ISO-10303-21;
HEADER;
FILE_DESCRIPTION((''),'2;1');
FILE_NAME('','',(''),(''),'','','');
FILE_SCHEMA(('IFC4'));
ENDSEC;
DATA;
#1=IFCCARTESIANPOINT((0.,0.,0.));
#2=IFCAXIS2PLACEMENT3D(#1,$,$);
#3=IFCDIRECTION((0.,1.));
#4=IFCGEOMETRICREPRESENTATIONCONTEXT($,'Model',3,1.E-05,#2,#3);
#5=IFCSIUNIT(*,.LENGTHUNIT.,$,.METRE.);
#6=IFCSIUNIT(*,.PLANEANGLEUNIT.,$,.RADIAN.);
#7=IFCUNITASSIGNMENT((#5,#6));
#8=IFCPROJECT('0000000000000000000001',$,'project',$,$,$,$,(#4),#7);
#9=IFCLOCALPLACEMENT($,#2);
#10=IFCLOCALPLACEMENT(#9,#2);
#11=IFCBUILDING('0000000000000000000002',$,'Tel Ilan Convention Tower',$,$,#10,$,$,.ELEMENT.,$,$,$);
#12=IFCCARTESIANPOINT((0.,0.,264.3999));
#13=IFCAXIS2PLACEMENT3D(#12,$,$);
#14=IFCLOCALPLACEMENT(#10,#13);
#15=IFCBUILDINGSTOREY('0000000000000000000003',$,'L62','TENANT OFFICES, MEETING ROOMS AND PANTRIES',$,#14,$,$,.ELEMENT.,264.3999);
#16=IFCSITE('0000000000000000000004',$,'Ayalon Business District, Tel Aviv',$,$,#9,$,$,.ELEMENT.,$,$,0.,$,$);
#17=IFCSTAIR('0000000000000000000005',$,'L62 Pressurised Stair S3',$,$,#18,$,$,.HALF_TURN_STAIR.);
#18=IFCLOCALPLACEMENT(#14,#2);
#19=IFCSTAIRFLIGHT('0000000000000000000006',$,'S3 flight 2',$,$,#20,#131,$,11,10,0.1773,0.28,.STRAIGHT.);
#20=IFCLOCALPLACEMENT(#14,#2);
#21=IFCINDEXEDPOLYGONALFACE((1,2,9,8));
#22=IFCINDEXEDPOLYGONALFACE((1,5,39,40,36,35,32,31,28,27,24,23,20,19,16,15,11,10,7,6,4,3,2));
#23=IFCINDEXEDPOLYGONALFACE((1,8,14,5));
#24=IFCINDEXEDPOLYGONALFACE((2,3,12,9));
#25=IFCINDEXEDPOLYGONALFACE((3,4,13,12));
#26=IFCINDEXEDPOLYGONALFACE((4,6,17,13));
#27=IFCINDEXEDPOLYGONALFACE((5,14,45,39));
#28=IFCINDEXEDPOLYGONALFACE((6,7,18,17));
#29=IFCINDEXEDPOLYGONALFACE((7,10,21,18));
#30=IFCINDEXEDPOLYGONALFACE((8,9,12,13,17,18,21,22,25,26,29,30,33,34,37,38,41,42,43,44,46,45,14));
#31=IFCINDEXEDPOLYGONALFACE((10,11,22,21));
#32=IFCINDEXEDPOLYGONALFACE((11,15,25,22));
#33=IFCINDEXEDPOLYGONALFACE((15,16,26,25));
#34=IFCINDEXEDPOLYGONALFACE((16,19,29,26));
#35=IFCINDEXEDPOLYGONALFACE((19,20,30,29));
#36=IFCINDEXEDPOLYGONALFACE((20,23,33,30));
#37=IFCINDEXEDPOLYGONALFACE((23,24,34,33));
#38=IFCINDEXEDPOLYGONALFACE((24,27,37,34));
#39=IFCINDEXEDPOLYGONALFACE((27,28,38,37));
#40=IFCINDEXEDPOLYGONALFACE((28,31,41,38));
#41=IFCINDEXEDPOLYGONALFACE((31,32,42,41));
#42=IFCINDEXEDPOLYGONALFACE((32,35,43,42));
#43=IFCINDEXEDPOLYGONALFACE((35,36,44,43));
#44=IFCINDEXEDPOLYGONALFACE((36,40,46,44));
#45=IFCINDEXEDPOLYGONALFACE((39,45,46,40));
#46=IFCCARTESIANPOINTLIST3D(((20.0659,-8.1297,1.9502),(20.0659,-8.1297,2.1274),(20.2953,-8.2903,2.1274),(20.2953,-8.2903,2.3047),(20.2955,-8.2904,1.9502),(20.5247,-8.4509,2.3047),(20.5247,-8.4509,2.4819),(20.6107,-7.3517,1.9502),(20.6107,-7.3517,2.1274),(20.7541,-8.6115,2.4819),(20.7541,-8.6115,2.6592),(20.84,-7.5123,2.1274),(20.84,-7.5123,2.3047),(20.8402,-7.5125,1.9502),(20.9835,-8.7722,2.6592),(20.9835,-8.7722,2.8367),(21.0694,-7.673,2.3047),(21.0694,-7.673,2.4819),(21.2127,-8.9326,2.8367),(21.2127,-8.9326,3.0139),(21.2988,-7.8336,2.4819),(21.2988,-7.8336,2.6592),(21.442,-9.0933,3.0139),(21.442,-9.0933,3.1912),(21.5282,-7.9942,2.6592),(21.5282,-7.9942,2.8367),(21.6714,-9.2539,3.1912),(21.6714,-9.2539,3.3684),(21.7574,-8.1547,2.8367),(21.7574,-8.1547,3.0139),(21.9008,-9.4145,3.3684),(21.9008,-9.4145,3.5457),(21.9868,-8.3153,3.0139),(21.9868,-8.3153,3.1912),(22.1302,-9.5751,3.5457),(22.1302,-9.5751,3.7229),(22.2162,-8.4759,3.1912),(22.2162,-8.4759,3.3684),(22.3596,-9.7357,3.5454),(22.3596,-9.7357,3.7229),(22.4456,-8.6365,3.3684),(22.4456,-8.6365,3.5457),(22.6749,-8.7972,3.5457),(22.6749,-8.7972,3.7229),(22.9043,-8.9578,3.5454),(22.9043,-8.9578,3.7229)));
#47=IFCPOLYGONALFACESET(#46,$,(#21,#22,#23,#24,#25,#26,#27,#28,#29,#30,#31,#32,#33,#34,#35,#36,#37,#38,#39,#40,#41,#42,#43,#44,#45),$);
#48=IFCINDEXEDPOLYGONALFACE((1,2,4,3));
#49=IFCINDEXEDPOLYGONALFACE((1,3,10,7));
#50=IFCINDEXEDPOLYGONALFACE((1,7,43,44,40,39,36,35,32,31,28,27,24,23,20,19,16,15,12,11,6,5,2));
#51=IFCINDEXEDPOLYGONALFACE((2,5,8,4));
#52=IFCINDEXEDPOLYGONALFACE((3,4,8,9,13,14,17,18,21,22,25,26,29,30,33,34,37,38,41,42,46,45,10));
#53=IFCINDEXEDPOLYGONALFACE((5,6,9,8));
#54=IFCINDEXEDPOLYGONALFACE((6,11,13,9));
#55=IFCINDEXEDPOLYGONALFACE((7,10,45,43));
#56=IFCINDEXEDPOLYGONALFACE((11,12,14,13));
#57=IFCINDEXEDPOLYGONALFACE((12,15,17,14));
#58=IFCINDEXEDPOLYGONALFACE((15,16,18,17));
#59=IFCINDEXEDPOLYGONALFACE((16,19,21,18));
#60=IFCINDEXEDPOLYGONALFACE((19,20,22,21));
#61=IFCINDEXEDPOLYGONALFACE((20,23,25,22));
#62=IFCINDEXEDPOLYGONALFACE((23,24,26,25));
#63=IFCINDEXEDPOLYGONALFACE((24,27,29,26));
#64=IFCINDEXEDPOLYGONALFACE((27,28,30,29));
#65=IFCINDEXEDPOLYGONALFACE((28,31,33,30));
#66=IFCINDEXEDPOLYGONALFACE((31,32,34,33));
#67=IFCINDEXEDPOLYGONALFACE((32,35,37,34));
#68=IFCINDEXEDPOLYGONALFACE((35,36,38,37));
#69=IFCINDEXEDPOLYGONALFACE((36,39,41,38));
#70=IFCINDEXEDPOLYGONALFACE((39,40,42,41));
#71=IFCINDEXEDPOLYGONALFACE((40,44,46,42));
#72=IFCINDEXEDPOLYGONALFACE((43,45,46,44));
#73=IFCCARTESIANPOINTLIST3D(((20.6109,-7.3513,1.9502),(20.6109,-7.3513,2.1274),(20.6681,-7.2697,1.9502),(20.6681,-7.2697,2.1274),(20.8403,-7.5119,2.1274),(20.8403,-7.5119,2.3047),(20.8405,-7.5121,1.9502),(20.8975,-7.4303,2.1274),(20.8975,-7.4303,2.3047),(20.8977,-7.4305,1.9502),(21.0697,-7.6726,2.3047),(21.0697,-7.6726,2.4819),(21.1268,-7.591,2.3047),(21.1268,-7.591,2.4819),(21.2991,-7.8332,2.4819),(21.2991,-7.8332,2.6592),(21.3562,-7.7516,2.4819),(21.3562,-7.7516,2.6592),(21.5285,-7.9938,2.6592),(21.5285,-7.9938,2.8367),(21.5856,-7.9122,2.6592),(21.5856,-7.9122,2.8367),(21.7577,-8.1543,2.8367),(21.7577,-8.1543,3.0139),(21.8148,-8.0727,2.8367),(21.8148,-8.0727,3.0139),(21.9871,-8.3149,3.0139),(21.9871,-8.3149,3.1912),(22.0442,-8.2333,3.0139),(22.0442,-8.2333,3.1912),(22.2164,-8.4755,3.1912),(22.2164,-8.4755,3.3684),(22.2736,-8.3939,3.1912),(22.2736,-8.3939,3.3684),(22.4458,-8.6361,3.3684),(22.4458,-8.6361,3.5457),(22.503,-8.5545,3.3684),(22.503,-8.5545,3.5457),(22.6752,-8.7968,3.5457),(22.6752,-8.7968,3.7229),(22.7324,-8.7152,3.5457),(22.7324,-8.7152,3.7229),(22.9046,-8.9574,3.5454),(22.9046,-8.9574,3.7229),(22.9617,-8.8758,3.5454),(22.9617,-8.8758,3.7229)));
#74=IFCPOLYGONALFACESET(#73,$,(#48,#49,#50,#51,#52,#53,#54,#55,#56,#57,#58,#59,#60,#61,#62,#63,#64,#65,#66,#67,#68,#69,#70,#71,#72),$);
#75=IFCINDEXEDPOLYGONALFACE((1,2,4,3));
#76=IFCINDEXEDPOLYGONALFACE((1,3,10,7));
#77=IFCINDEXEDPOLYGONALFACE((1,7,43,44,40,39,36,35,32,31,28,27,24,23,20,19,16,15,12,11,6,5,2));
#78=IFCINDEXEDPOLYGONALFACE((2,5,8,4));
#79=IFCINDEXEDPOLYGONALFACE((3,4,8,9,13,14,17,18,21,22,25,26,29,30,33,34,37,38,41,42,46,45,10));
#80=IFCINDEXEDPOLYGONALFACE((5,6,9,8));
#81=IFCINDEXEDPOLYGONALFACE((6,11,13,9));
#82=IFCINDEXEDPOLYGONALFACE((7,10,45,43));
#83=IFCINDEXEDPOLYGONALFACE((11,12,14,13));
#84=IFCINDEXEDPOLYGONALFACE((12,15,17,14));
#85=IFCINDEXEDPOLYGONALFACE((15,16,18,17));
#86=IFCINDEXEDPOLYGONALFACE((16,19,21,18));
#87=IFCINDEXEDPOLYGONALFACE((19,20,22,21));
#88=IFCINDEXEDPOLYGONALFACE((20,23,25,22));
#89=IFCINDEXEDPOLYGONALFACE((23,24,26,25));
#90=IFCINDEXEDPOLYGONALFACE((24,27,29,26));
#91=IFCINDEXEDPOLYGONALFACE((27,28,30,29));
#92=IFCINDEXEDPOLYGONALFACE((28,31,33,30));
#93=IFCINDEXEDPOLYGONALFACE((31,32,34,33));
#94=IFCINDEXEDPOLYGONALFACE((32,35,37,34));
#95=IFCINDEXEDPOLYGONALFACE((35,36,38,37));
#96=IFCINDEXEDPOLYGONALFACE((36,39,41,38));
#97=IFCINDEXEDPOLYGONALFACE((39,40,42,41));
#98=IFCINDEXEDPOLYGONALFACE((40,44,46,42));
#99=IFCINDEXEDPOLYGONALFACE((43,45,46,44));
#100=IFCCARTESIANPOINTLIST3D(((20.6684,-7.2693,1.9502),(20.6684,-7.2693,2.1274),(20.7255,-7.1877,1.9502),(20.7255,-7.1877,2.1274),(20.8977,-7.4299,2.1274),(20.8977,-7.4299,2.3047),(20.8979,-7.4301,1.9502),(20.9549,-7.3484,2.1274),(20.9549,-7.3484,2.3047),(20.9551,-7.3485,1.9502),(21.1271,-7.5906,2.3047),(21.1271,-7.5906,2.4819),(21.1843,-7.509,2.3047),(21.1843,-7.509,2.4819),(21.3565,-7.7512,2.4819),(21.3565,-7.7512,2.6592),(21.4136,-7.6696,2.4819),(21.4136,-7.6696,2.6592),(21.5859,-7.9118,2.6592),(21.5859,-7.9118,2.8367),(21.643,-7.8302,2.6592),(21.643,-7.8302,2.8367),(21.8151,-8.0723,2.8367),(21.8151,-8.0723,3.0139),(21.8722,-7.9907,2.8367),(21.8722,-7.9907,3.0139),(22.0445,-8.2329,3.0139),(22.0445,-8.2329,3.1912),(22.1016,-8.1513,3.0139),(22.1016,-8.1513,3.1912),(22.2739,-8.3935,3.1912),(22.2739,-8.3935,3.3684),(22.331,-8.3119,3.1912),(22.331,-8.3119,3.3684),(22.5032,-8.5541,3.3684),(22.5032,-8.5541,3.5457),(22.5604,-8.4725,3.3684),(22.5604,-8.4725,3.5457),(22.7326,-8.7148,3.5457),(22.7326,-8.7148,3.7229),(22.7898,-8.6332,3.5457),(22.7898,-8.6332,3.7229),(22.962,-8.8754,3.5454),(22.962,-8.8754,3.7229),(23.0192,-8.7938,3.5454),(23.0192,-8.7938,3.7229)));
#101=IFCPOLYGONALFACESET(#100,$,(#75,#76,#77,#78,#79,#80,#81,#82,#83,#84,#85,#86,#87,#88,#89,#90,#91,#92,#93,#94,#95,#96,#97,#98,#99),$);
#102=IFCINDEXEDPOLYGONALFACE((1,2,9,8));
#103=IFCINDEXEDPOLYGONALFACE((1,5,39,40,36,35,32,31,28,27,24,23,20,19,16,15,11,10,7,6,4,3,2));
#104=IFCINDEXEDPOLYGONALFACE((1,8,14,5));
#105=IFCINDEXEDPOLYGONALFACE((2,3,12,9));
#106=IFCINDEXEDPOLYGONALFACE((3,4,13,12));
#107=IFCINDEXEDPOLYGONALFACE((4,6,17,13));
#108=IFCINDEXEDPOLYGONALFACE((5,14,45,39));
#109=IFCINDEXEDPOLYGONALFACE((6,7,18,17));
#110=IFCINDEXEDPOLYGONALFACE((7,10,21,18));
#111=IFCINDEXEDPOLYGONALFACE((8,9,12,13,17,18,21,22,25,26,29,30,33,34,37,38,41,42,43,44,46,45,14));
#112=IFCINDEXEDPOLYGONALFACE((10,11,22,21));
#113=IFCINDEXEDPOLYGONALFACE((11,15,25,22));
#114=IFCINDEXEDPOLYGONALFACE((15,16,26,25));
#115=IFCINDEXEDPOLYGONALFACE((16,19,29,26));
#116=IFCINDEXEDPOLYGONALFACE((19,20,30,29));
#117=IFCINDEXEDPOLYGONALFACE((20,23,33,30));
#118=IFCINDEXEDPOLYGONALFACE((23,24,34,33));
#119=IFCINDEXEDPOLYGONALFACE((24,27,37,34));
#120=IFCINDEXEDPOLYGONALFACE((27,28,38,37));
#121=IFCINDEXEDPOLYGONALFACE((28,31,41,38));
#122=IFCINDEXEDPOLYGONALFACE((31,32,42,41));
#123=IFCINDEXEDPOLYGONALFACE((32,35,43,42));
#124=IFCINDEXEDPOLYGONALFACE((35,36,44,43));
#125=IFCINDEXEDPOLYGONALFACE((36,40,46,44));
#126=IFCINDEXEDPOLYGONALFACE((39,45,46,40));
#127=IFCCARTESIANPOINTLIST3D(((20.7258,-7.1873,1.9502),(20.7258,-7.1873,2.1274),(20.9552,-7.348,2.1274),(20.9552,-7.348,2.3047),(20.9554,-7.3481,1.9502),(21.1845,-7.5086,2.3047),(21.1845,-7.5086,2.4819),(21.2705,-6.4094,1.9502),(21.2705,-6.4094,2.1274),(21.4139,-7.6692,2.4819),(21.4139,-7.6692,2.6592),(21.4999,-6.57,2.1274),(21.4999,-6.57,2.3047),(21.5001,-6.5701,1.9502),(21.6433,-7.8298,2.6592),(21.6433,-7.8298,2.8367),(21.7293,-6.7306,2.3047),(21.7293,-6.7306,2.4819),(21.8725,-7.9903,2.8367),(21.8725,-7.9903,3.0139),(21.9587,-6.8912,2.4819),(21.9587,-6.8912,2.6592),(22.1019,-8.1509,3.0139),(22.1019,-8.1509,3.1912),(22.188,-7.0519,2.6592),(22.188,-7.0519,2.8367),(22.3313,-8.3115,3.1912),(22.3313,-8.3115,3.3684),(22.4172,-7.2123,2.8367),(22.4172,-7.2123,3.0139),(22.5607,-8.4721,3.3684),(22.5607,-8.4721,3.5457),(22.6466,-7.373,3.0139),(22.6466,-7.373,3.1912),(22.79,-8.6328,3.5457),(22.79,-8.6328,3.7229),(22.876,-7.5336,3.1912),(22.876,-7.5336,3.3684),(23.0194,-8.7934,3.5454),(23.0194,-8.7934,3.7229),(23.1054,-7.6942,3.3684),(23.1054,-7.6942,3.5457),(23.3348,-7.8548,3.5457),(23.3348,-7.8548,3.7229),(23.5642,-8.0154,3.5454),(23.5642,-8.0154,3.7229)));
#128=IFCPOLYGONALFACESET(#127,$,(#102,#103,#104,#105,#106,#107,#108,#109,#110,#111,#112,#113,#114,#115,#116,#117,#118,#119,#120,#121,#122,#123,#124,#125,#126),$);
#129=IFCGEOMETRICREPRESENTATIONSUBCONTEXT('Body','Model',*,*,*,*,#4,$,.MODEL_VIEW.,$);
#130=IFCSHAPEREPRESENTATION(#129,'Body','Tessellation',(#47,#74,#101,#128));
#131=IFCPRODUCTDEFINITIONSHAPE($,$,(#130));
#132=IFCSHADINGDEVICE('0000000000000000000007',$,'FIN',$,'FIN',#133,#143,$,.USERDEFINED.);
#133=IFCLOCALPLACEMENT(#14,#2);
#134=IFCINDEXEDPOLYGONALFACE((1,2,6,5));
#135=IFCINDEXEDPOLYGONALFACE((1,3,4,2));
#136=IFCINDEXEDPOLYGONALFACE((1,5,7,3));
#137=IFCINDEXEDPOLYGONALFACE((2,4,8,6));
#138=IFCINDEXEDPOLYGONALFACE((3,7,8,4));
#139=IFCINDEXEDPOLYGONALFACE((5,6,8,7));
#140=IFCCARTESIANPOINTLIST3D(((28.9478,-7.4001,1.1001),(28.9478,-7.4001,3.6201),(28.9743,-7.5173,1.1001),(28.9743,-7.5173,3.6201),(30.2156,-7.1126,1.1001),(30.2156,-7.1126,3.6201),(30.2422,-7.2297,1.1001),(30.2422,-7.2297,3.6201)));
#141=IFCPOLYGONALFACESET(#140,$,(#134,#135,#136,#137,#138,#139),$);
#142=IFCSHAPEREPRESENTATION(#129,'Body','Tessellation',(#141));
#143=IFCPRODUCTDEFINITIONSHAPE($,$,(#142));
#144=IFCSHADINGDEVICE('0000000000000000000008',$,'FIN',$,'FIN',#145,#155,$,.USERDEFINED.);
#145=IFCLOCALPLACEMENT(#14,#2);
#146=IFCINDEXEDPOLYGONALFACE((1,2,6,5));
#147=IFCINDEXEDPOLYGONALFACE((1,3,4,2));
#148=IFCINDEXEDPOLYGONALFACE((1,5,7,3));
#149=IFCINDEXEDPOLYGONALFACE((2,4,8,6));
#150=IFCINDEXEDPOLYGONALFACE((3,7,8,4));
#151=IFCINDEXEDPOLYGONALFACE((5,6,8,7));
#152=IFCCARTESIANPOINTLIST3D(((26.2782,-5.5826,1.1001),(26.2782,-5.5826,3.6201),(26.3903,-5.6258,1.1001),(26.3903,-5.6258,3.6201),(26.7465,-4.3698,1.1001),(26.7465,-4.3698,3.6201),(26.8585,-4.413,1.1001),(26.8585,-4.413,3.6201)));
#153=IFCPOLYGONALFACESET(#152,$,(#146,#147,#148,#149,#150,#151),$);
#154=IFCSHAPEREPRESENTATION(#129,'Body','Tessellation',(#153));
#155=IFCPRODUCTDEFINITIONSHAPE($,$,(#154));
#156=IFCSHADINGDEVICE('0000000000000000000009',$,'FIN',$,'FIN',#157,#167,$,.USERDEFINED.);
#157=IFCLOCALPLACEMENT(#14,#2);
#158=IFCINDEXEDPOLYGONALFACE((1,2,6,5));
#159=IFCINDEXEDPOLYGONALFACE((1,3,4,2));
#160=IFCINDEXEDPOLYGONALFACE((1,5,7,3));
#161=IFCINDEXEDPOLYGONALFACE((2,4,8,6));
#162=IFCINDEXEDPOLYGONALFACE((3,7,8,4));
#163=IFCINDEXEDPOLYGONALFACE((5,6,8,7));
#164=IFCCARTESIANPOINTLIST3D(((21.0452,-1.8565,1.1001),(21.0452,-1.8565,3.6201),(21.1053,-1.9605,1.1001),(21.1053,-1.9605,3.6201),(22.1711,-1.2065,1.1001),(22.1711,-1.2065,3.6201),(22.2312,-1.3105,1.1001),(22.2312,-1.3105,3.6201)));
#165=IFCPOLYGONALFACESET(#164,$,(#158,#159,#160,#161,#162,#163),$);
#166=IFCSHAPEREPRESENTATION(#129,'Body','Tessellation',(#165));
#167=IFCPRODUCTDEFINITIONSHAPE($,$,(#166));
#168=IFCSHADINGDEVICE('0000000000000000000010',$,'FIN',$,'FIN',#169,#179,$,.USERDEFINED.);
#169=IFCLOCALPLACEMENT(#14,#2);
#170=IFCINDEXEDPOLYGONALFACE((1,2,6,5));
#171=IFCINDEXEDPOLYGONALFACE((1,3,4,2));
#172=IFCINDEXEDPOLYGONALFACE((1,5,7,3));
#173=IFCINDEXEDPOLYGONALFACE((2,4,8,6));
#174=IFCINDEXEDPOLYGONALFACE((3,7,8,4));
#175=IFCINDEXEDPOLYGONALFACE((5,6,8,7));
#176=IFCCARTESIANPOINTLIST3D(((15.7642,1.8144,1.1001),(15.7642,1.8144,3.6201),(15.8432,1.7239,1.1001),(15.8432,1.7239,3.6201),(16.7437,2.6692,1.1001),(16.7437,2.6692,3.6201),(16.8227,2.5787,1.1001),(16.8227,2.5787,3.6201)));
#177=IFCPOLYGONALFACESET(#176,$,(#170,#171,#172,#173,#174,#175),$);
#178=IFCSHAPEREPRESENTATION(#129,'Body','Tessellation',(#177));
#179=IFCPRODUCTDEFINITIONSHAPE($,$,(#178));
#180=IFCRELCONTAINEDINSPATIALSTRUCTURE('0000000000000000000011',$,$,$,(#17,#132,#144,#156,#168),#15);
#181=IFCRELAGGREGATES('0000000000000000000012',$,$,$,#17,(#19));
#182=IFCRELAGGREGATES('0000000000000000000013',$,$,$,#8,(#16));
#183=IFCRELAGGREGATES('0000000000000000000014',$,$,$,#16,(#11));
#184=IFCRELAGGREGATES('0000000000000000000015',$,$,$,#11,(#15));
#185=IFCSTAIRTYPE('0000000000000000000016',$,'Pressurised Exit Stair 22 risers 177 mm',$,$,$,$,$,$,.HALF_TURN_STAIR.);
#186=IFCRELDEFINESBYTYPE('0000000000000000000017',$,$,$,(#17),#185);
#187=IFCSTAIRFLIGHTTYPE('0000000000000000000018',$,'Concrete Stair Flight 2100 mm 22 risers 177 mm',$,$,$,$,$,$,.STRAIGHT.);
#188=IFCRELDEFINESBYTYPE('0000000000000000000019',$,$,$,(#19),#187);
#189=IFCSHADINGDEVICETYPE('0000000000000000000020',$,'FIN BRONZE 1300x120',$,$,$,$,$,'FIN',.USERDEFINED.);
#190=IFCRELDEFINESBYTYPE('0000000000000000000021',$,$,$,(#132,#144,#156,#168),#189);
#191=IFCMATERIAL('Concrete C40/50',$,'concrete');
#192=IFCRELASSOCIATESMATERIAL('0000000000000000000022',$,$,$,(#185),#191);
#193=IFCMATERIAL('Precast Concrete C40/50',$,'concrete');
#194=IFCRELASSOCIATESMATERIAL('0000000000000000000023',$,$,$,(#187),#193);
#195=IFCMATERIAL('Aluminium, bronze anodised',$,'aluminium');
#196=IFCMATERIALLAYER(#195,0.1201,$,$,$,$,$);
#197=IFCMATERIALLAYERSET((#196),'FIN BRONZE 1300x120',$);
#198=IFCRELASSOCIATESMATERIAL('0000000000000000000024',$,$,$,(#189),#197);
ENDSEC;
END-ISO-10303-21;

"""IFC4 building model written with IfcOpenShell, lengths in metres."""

from ifc_helpers import new_model, si_unit, direction, frame, origin, origin_2d, place, context, subcontext, project, spatial, polyline, rectangle, outline, extrude, material, layer, layer_set, type_object, element, aggregate, save


model = new_model("IFC4")

# Units and contexts
model_context = context("Model", 3, precision=1e-05, world=origin(), true_north=direction((0.0, 1.0)))
body_context = subcontext(model_context, "Body", "Model", "MODEL_VIEW")
ifc_project = project(units=[si_unit("LENGTHUNIT", "METRE"), si_unit("PLANEANGLEUNIT", "RADIAN")], contexts=[model_context])

# Site, building, storey
site_placement = place(None, origin())
site = spatial("IfcSite", under=ifc_project, at=site_placement, Name="Ayalon Business District, Tel Aviv", CompositionType="ELEMENT", RefElevation=0.0)
building_placement = place(site_placement, origin())
building = spatial("IfcBuilding", under=site, at=building_placement, Name="Tel Ilan Convention Tower", CompositionType="ELEMENT")
storey_placement = place(building_placement, frame((0.0, 0.0, 264.3999)))
storey = spatial("IfcBuildingStorey", under=building, at=storey_placement, Name="L62", Description="TENANT OFFICES, MEETING ROOMS AND PANTRIES", CompositionType="ELEMENT", Elevation=264.3999)

# Stair, stair flight
ifc_material_1 = material(Name="Concrete C40/50", Category="concrete")
stair_type = type_object("IfcStairType", Name="Pressurised Exit Stair 22 risers 177 mm", PredefinedType="HALF_TURN_STAIR", material=ifc_material_1)
stair_placement = place(storey_placement, origin())
stair = element("IfcStair", 1, at=stair_placement, inside=storey, type_object=stair_type, Name="L62 Pressurised Stair S3", PredefinedType="HALF_TURN_STAIR")
ifc_material_2 = material(Name="Precast Concrete C40/50", Category="concrete")
stair_flight_type = type_object("IfcStairFlightType", Name="Concrete Stair Flight 2100 mm 22 risers 177 mm", PredefinedType="STRAIGHT", material=ifc_material_2)
stair_flight_1_placement = place(storey_placement, frame((20.6682, -7.2695, 1.9502), z_axis=(0.0, 0.0, 1.0), x_axis=(0.819152, -0.573576, 0.0)))
stair_flight_1 = element("IfcStairFlight", 2, at=stair_flight_1_placement, type_object=stair_flight_type, Name="S3 flight 2", NumberOfRisers=11, NumberOfTreads=10, PredefinedType="STRAIGHT", RiserHeight=0.1773, TreadLength=0.28, context=body_context, shape_type="SweptSolid", body=[
    extrude(outline(polyline([(0.0, 0.0), (0.0, 0.1772), (0.28, 0.1772), (0.28, 0.3545), (0.5601, 0.3545), (0.5601, 0.5317), (0.8401, 0.5317), (0.8401, 0.709), (1.1201, 0.709), (1.1201, 0.8865), (1.3999, 0.8865), (1.3999, 1.0637), (1.6799, 1.0637), (1.6799, 1.241), (1.96, 1.241), (1.96, 1.4182), (2.24, 1.4182), (2.24, 1.5955), (2.52, 1.5955), (2.52, 1.7727), (2.8, 1.7727), (2.8, 1.95), (2.8, 1.5952), (0.2803, 0.0), (0.0, 0.0)])), frame((0.0, -0.1003, 0.0), z_axis=(0.0, -1.0, 0.0), x_axis=(1.0, 0.0, 0.0)), (0.0, 0.0, 1.0), 0.9497),
    extrude(outline(polyline([(0.0, 0.0), (0.0, 0.1772), (0.28, 0.1772), (0.28, 0.3545), (0.5601, 0.3545), (0.5601, 0.5317), (0.8401, 0.5317), (0.8401, 0.709), (1.1201, 0.709), (1.1201, 0.8865), (1.3999, 0.8865), (1.3999, 1.0637), (1.6799, 1.0637), (1.6799, 1.241), (1.96, 1.241), (1.96, 1.4182), (2.24, 1.4182), (2.24, 1.5955), (2.52, 1.5955), (2.52, 1.7727), (2.8, 1.7727), (2.8, 1.95), (2.8, 1.5952), (0.2803, 0.0), (0.0, 0.0)])), frame((0.0, -0.0002, 0.0), z_axis=(0.0, -1.0, 0.0), x_axis=(1.0, 0.0, 0.0)), (0.0, 0.0, 1.0), 0.0996),
    extrude(outline(polyline([(0.0, 0.0), (0.0, 0.1772), (0.28, 0.1772), (0.28, 0.3545), (0.5601, 0.3545), (0.5601, 0.5317), (0.8401, 0.5317), (0.8401, 0.709), (1.1201, 0.709), (1.1201, 0.8865), (1.3999, 0.8865), (1.3999, 1.0637), (1.6799, 1.0637), (1.6799, 1.241), (1.96, 1.241), (1.96, 1.4182), (2.24, 1.4182), (2.24, 1.5955), (2.52, 1.5955), (2.52, 1.7727), (2.8, 1.7727), (2.8, 1.95), (2.8, 1.5952), (0.2803, 0.0), (0.0, 0.0)])), frame((0.0, 0.0999, 0.0), z_axis=(0.0, -1.0, 0.0), x_axis=(1.0, 0.0, 0.0)), (0.0, 0.0, 1.0), 0.0996),
    extrude(outline(polyline([(0.0, 0.0), (0.0, 0.1772), (0.28, 0.1772), (0.28, 0.3545), (0.5601, 0.3545), (0.5601, 0.5317), (0.8401, 0.5317), (0.8401, 0.709), (1.1201, 0.709), (1.1201, 0.8865), (1.3999, 0.8865), (1.3999, 1.0637), (1.6799, 1.0637), (1.6799, 1.241), (1.96, 1.241), (1.96, 1.4182), (2.24, 1.4182), (2.24, 1.5955), (2.52, 1.5955), (2.52, 1.7727), (2.8, 1.7727), (2.8, 1.95), (2.8, 1.5952), (0.2803, 0.0), (0.0, 0.0)])), frame((0.0, 1.05, 0.0), z_axis=(0.0, -1.0, 0.0), x_axis=(1.0, 0.0, 0.0)), (0.0, 0.0, 1.0), 0.9497),
])
aggregate(stair, [stair_flight_1])

# Shading devices
ifc_material_3 = material(Name="Aluminium, bronze anodised", Category="aluminium")
ifc_layer_1 = layer(ifc_material_3, 0.1201)
ifc_layer_set_1 = layer_set([ifc_layer_1], Name="FIN BRONZE 1300x120")
shading_device_type = type_object("IfcShadingDeviceType", Name="FIN BRONZE 1300x120", ElementType="FIN", PredefinedType="USERDEFINED", material=ifc_layer_set_1)
for number, where, z_axis, x_axis, name in (
    (3, (29.595, -7.3149, 1.1001), (0.0, 0.0, 1.0), (0.975235, 0.22117, 0.0), "FIN"),
    (4, (26.5684, -4.9978, 1.1001), (0.0, 0.0, 1.0), (0.360178, 0.932884, 0.0), "FIN"),
    (5, (21.6382, -1.5835, 1.1001), (0.0, 0.0, 1.0), (0.866025, 0.5, 0.0), "FIN"),
    (6, (16.2935, 2.1965, 1.1001), (0.0, 0.0, 1.0), (0.753436, 0.657521, 0.0), "FIN"),
):
    element("IfcShadingDevice", number, at=place(storey_placement, frame(where, z_axis=z_axis, x_axis=x_axis)), inside=storey, type_object=shading_device_type, Name=name, ObjectType="FIN", PredefinedType="USERDEFINED", context=body_context, shape_type="SweptSolid", body=[
        extrude(rectangle(XDim=1.3, YDim=0.1201, at=origin_2d()), origin(), (0.0, 0.0, 1.0), 2.52),
    ])

save(model, "model.ifc")
